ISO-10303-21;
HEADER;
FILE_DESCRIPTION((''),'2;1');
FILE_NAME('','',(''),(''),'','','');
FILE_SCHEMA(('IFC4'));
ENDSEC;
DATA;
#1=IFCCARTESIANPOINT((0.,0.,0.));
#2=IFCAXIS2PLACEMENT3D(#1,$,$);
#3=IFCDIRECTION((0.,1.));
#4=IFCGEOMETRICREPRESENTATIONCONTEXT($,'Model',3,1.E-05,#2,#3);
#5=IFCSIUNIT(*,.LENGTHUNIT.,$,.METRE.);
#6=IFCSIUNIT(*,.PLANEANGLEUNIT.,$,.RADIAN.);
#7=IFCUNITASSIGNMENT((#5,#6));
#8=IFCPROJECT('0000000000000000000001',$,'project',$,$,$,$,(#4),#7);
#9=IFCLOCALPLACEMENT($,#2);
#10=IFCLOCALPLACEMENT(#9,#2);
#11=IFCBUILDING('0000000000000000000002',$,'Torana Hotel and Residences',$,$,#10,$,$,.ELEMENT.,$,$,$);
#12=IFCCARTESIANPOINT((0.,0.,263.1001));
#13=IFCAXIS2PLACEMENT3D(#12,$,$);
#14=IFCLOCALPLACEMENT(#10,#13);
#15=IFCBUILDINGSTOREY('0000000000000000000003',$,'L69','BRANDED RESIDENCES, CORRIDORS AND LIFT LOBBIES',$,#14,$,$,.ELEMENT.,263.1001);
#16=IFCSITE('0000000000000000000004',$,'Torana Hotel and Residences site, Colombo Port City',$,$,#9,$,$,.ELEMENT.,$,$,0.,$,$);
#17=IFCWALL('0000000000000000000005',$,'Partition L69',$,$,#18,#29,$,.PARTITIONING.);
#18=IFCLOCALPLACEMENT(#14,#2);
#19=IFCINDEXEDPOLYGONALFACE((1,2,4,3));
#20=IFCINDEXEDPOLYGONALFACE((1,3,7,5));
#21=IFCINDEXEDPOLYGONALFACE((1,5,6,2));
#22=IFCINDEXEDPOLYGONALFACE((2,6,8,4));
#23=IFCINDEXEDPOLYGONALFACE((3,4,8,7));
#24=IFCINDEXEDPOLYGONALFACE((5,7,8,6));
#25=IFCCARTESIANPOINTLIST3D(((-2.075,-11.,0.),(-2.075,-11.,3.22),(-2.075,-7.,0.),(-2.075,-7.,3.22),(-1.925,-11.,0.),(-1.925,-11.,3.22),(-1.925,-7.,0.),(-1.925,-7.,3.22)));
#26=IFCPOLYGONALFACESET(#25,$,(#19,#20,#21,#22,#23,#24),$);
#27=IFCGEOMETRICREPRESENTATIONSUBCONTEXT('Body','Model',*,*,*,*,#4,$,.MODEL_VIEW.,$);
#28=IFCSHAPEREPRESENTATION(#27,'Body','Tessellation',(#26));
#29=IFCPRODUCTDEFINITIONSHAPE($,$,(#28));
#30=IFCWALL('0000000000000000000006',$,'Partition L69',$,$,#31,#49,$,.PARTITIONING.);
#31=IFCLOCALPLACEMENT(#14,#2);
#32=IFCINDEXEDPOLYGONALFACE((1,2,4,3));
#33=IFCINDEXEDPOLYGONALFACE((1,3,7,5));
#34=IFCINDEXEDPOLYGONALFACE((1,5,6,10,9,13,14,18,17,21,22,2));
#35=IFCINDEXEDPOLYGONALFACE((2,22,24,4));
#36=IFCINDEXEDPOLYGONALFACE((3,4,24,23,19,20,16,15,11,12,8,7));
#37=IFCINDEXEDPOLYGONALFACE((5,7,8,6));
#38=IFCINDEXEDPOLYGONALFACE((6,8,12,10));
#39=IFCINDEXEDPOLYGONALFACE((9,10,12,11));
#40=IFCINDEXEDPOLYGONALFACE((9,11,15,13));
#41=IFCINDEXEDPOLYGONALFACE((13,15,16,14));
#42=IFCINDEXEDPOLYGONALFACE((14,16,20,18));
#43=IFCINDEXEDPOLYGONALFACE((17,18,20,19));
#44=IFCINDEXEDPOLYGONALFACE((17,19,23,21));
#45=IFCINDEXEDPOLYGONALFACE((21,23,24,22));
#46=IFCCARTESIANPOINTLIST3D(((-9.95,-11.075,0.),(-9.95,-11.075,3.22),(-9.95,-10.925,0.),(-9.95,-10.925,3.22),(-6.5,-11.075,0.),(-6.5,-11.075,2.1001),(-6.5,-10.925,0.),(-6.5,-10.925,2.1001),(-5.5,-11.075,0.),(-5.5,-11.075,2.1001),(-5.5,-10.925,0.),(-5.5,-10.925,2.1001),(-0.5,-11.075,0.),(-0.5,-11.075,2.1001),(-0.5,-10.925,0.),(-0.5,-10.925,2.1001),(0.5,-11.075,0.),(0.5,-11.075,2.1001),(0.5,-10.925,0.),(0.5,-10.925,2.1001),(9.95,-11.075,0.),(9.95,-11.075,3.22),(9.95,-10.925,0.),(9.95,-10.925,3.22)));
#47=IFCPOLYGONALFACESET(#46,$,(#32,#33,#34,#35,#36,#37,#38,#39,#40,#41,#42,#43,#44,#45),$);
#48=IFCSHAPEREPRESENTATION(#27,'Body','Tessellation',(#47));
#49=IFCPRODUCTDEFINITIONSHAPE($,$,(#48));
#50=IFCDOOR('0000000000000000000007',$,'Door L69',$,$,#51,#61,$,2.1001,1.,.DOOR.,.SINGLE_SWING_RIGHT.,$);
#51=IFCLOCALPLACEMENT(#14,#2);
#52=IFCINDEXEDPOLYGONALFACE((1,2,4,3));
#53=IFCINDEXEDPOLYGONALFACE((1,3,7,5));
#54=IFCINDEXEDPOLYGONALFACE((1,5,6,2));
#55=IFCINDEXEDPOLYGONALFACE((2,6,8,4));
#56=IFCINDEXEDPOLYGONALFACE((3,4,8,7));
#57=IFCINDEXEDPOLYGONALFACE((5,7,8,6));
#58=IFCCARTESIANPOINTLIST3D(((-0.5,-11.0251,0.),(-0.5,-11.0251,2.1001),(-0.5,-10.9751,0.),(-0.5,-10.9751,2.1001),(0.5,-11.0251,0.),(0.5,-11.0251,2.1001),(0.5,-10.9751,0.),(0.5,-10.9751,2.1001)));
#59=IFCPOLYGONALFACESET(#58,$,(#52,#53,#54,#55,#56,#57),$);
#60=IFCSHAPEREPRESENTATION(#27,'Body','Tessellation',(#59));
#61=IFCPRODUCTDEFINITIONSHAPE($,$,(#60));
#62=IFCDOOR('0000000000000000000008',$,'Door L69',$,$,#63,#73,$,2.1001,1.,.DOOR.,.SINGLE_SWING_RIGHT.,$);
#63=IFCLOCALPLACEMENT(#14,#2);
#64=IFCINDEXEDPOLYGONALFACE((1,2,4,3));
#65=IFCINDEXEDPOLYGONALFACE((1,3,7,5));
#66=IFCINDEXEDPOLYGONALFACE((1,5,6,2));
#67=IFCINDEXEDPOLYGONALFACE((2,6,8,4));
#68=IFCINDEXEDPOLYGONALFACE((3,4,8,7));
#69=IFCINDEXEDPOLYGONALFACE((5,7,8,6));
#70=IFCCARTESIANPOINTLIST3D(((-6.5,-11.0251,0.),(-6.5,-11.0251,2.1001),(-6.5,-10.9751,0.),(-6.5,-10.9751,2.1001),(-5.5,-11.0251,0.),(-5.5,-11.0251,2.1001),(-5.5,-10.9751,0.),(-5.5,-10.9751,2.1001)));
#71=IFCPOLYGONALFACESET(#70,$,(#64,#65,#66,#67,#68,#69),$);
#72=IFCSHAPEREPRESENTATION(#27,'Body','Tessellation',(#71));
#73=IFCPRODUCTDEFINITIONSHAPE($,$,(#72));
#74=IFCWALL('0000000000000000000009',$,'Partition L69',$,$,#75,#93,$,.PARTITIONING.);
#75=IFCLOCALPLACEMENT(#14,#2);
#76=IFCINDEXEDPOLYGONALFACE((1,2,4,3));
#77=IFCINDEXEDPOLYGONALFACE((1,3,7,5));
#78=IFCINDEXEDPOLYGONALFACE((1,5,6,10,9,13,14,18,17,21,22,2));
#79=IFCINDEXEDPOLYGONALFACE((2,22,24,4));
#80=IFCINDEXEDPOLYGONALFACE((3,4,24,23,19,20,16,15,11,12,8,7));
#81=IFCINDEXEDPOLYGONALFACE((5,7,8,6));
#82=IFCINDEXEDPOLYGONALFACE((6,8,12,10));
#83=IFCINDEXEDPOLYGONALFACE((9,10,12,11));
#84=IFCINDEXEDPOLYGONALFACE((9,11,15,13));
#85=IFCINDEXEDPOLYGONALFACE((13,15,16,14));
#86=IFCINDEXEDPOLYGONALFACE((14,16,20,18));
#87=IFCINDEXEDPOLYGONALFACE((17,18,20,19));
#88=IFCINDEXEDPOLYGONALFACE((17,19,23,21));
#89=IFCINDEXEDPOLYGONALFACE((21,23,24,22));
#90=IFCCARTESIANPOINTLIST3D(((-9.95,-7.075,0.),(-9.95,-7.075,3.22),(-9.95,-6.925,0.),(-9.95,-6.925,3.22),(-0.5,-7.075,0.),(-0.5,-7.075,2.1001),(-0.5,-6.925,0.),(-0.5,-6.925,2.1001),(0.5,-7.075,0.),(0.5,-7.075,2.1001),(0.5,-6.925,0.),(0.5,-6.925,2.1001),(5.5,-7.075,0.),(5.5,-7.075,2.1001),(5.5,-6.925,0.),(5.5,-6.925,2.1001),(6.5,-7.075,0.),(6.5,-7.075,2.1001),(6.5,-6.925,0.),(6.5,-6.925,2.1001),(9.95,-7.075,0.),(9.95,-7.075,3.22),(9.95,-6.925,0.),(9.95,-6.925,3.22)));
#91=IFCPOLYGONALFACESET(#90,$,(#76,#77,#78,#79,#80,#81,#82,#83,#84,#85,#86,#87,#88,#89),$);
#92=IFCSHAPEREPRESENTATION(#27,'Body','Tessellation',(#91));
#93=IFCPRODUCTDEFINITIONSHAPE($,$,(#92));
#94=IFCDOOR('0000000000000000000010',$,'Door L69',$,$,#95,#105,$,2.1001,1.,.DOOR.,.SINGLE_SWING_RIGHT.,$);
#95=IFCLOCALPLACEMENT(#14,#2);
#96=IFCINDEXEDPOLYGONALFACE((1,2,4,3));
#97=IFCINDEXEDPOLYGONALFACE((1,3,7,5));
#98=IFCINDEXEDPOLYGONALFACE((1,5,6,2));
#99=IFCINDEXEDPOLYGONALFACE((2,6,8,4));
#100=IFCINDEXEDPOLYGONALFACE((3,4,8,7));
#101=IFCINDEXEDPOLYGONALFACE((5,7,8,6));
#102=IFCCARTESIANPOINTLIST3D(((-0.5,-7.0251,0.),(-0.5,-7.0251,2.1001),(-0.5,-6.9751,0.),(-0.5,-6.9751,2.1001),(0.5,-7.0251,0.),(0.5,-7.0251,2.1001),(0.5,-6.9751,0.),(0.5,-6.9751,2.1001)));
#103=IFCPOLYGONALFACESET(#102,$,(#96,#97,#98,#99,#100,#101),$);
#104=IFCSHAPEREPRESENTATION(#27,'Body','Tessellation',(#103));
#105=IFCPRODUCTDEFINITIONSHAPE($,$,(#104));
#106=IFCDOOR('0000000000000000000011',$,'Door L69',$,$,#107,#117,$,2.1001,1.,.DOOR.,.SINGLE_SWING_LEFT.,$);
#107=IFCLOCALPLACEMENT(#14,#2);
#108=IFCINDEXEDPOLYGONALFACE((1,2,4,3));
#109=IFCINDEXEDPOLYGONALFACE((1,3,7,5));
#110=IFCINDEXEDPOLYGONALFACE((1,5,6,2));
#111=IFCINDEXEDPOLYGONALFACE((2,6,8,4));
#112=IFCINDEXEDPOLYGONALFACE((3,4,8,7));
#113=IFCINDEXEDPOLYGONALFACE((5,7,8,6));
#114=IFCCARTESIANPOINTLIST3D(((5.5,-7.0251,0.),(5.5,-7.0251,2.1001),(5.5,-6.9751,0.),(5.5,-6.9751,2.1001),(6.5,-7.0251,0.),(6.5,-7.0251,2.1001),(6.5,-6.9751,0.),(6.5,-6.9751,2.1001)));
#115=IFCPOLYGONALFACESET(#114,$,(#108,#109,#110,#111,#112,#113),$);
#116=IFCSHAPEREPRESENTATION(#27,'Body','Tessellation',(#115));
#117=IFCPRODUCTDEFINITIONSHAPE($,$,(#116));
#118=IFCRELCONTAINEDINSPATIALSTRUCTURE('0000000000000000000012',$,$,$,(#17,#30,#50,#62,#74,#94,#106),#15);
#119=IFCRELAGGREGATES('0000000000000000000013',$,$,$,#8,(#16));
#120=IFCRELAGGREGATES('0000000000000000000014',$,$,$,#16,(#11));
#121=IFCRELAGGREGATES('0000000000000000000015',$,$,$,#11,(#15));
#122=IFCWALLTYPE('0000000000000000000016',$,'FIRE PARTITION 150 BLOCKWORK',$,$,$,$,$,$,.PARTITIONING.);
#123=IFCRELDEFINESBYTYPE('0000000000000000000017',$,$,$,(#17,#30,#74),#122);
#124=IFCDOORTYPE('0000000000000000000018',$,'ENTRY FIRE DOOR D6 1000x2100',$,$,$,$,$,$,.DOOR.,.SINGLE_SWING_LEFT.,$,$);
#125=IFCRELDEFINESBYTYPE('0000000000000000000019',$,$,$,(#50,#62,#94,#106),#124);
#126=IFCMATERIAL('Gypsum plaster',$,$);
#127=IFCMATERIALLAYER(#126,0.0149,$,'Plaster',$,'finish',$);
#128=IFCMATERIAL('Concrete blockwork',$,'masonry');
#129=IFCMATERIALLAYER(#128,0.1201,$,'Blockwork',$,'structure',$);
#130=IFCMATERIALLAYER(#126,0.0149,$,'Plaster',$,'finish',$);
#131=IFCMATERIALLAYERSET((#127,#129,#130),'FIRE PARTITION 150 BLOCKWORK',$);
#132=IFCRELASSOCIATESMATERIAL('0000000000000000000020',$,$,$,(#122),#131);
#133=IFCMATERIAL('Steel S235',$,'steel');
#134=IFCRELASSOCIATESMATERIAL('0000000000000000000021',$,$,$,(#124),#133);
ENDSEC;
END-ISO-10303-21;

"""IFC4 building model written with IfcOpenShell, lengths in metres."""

from ifc_helpers import new_model, si_unit, direction, frame, frame_2d, origin, place, context, subcontext, project, spatial, rectangle, extrude, material, layer, layer_set, type_object, element, fill, save


model = new_model("IFC4")

# Units and contexts
model_context = context("Model", 3, precision=1e-05, world=origin(), true_north=direction((0.0, 1.0)))
body_context = subcontext(model_context, "Body", "Model", "MODEL_VIEW")
ifc_project = project(units=[si_unit("LENGTHUNIT", "METRE"), si_unit("PLANEANGLEUNIT", "RADIAN")], contexts=[model_context])

# Site, building, storey
site_placement = place(None, origin())
site = spatial("IfcSite", under=ifc_project, at=site_placement, Name="Torana Hotel and Residences site, Colombo Port City", CompositionType="ELEMENT", RefElevation=0.0)
building_placement = place(site_placement, origin())
building = spatial("IfcBuilding", under=site, at=building_placement, Name="Torana Hotel and Residences", CompositionType="ELEMENT")
storey_placement = place(building_placement, frame((0.0, 0.0, 263.1001)))
storey = spatial("IfcBuildingStorey", under=building, at=storey_placement, Name="L69", Description="BRANDED RESIDENCES, CORRIDORS AND LIFT LOBBIES", CompositionType="ELEMENT", Elevation=263.1001)

# Wall
ifc_material_1 = material(Name="Gypsum plaster")
ifc_layer_1 = layer(ifc_material_1, 0.0149, Name="Plaster", Category="finish")
ifc_material_2 = material(Name="Concrete blockwork", Category="masonry")
ifc_layer_2 = layer(ifc_material_2, 0.1201, Name="Blockwork", Category="structure")
ifc_layer_3 = layer(ifc_material_1, 0.0149, Name="Plaster", Category="finish")
ifc_layer_set_1 = layer_set([ifc_layer_1, ifc_layer_2, ifc_layer_3], Name="FIRE PARTITION 150 BLOCKWORK")
wall_type_1 = type_object("IfcWallType", Name="FIRE PARTITION 150 BLOCKWORK", PredefinedType="PARTITIONING", material=ifc_layer_set_1)
wall_1_placement = place(storey_placement, frame((-2.0, -11.0, 0.0), z_axis=(0.0, 0.0, 1.0), x_axis=(0.0, 1.0, 0.0)))
element("IfcWall", 1, at=wall_1_placement, inside=storey, type_object=wall_type_1, Name="Partition L69", PredefinedType="PARTITIONING", context=body_context, shape_type="SweptSolid", body=[
    extrude(rectangle(XDim=4.0, YDim=0.1499, at=frame_2d((2.0, 0.0))), origin(), (0.0, 0.0, 1.0), 3.22),
])

# Walls, openings, doors
wall_2_placement = place(storey_placement, frame((-9.95, -11.0, 0.0), z_axis=(0.0, 0.0, 1.0), x_axis=(1.0, 0.0, 0.0)))
wall_2 = element("IfcWall", 2, at=wall_2_placement, inside=storey, type_object=wall_type_1, Name="Partition L69", PredefinedType="PARTITIONING", context=body_context, shape_type="SweptSolid", body=[
    extrude(rectangle(XDim=19.8999, YDim=0.1499, at=frame_2d((9.95, 0.0))), origin(), (0.0, 0.0, 1.0), 3.22),
])
opening_1_placement = place(wall_2_placement, frame((9.45, 0.0, 0.0)))
opening_1 = element("IfcOpeningElement", 3, at=opening_1_placement, cuts=wall_2, PredefinedType="OPENING", context=body_context, shape_type="SweptSolid", body=[
    extrude(rectangle(XDim=1.0, YDim=2.1001, at=frame_2d((0.5, 1.05))), frame((0.0, 0.085, 0.0), z_axis=(0.0, -1.0, 0.0), x_axis=(1.0, 0.0, 0.0)), (0.0, 0.0, 1.0), 0.1699),
])
opening_2_placement = place(wall_2_placement, frame((3.45, 0.0, 0.0)))
opening_2 = element("IfcOpeningElement", 4, at=opening_2_placement, cuts=wall_2, PredefinedType="OPENING", context=body_context, shape_type="SweptSolid", body=[
    extrude(rectangle(XDim=1.0, YDim=2.1001, at=frame_2d((0.5, 1.05))), frame((0.0, 0.085, 0.0), z_axis=(0.0, -1.0, 0.0), x_axis=(1.0, 0.0, 0.0)), (0.0, 0.0, 1.0), 0.1699),
])
ifc_material_3 = material(Name="Steel S235", Category="steel")
door_type_1 = type_object("IfcDoorType", Name="ENTRY FIRE DOOR D6 1000x2100", OperationType="SINGLE_SWING_LEFT", PredefinedType="DOOR", material=ifc_material_3)
door_1_placement = place(opening_1_placement, origin())
door_1 = element("IfcDoor", 5, at=door_1_placement, inside=storey, type_object=door_type_1, Name="Door L69", OperationType="SINGLE_SWING_RIGHT", OverallHeight=2.1001, OverallWidth=1.0, PredefinedType="DOOR", context=body_context, shape_type="SweptSolid", body=[
    extrude(rectangle(XDim=1.0, YDim=2.1001, at=frame_2d((0.5, 1.05))), frame((0.0, 0.0249, 0.0), z_axis=(0.0, -1.0, 0.0), x_axis=(1.0, 0.0, 0.0)), (0.0, 0.0, 1.0), 0.05),
])
fill(opening_1, door_1)
door_2_placement = place(opening_2_placement, origin())
door_2 = element("IfcDoor", 6, at=door_2_placement, inside=storey, type_object=door_type_1, Name="Door L69", OperationType="SINGLE_SWING_RIGHT", OverallHeight=2.1001, OverallWidth=1.0, PredefinedType="DOOR", context=body_context, shape_type="SweptSolid", body=[
    extrude(rectangle(XDim=1.0, YDim=2.1001, at=frame_2d((0.5, 1.05))), frame((0.0, 0.0249, 0.0), z_axis=(0.0, -1.0, 0.0), x_axis=(1.0, 0.0, 0.0)), (0.0, 0.0, 1.0), 0.05),
])
fill(opening_2, door_2)
wall_3_placement = place(storey_placement, frame((-9.95, -7.0, 0.0), z_axis=(0.0, 0.0, 1.0), x_axis=(1.0, 0.0, 0.0)))
wall_3 = element("IfcWall", 7, at=wall_3_placement, inside=storey, type_object=wall_type_1, Name="Partition L69", PredefinedType="PARTITIONING", context=body_context, shape_type="SweptSolid", body=[
    extrude(rectangle(XDim=19.8999, YDim=0.1499, at=frame_2d((9.95, 0.0))), origin(), (0.0, 0.0, 1.0), 3.22),
])
opening_3_placement = place(wall_3_placement, frame((9.45, 0.0, 0.0)))
opening_3 = element("IfcOpeningElement", 8, at=opening_3_placement, cuts=wall_3, PredefinedType="OPENING", context=body_context, shape_type="SweptSolid", body=[
    extrude(rectangle(XDim=1.0, YDim=2.1001, at=frame_2d((0.5, 1.05))), frame((0.0, 0.085, 0.0), z_axis=(0.0, -1.0, 0.0), x_axis=(1.0, 0.0, 0.0)), (0.0, 0.0, 1.0), 0.1699),
])
opening_4_placement = place(wall_3_placement, frame((15.45, 0.0, 0.0)))
opening_4 = element("IfcOpeningElement", 9, at=opening_4_placement, cuts=wall_3, PredefinedType="OPENING", context=body_context, shape_type="SweptSolid", body=[
    extrude(rectangle(XDim=1.0, YDim=2.1001, at=frame_2d((0.5, 1.05))), frame((0.0, 0.085, 0.0), z_axis=(0.0, -1.0, 0.0), x_axis=(1.0, 0.0, 0.0)), (0.0, 0.0, 1.0), 0.1699),
])
door_3_placement = place(opening_3_placement, origin())
door_3 = element("IfcDoor", 10, at=door_3_placement, inside=storey, type_object=door_type_1, Name="Door L69", OperationType="SINGLE_SWING_RIGHT", OverallHeight=2.1001, OverallWidth=1.0, PredefinedType="DOOR", context=body_context, shape_type="SweptSolid", body=[
    extrude(rectangle(XDim=1.0, YDim=2.1001, at=frame_2d((0.5, 1.05))), frame((0.0, 0.0249, 0.0), z_axis=(0.0, -1.0, 0.0), x_axis=(1.0, 0.0, 0.0)), (0.0, 0.0, 1.0), 0.05),
])
fill(opening_3, door_3)
door_4_placement = place(opening_4_placement, frame((0.5, 0.0, 0.0), z_axis=(0.0, 0.0, 1.0), x_axis=(-1.0, 0.0, 0.0)))
door_4 = element("IfcDoor", 11, at=door_4_placement, inside=storey, type_object=door_type_1, Name="Door L69", OperationType="SINGLE_SWING_LEFT", OverallHeight=2.1001, OverallWidth=1.0, PredefinedType="DOOR", context=body_context, shape_type="SweptSolid", body=[
    extrude(rectangle(XDim=1.0, YDim=2.1001, at=frame_2d((0.0, 1.05))), frame((0.0, -0.0249, 0.0), z_axis=(0.0, 1.0, 0.0), x_axis=(-1.0, 0.0, 0.0)), (0.0, 0.0, 1.0), 0.05),
])
fill(opening_4, door_4)

save(model, "model.ifc")
